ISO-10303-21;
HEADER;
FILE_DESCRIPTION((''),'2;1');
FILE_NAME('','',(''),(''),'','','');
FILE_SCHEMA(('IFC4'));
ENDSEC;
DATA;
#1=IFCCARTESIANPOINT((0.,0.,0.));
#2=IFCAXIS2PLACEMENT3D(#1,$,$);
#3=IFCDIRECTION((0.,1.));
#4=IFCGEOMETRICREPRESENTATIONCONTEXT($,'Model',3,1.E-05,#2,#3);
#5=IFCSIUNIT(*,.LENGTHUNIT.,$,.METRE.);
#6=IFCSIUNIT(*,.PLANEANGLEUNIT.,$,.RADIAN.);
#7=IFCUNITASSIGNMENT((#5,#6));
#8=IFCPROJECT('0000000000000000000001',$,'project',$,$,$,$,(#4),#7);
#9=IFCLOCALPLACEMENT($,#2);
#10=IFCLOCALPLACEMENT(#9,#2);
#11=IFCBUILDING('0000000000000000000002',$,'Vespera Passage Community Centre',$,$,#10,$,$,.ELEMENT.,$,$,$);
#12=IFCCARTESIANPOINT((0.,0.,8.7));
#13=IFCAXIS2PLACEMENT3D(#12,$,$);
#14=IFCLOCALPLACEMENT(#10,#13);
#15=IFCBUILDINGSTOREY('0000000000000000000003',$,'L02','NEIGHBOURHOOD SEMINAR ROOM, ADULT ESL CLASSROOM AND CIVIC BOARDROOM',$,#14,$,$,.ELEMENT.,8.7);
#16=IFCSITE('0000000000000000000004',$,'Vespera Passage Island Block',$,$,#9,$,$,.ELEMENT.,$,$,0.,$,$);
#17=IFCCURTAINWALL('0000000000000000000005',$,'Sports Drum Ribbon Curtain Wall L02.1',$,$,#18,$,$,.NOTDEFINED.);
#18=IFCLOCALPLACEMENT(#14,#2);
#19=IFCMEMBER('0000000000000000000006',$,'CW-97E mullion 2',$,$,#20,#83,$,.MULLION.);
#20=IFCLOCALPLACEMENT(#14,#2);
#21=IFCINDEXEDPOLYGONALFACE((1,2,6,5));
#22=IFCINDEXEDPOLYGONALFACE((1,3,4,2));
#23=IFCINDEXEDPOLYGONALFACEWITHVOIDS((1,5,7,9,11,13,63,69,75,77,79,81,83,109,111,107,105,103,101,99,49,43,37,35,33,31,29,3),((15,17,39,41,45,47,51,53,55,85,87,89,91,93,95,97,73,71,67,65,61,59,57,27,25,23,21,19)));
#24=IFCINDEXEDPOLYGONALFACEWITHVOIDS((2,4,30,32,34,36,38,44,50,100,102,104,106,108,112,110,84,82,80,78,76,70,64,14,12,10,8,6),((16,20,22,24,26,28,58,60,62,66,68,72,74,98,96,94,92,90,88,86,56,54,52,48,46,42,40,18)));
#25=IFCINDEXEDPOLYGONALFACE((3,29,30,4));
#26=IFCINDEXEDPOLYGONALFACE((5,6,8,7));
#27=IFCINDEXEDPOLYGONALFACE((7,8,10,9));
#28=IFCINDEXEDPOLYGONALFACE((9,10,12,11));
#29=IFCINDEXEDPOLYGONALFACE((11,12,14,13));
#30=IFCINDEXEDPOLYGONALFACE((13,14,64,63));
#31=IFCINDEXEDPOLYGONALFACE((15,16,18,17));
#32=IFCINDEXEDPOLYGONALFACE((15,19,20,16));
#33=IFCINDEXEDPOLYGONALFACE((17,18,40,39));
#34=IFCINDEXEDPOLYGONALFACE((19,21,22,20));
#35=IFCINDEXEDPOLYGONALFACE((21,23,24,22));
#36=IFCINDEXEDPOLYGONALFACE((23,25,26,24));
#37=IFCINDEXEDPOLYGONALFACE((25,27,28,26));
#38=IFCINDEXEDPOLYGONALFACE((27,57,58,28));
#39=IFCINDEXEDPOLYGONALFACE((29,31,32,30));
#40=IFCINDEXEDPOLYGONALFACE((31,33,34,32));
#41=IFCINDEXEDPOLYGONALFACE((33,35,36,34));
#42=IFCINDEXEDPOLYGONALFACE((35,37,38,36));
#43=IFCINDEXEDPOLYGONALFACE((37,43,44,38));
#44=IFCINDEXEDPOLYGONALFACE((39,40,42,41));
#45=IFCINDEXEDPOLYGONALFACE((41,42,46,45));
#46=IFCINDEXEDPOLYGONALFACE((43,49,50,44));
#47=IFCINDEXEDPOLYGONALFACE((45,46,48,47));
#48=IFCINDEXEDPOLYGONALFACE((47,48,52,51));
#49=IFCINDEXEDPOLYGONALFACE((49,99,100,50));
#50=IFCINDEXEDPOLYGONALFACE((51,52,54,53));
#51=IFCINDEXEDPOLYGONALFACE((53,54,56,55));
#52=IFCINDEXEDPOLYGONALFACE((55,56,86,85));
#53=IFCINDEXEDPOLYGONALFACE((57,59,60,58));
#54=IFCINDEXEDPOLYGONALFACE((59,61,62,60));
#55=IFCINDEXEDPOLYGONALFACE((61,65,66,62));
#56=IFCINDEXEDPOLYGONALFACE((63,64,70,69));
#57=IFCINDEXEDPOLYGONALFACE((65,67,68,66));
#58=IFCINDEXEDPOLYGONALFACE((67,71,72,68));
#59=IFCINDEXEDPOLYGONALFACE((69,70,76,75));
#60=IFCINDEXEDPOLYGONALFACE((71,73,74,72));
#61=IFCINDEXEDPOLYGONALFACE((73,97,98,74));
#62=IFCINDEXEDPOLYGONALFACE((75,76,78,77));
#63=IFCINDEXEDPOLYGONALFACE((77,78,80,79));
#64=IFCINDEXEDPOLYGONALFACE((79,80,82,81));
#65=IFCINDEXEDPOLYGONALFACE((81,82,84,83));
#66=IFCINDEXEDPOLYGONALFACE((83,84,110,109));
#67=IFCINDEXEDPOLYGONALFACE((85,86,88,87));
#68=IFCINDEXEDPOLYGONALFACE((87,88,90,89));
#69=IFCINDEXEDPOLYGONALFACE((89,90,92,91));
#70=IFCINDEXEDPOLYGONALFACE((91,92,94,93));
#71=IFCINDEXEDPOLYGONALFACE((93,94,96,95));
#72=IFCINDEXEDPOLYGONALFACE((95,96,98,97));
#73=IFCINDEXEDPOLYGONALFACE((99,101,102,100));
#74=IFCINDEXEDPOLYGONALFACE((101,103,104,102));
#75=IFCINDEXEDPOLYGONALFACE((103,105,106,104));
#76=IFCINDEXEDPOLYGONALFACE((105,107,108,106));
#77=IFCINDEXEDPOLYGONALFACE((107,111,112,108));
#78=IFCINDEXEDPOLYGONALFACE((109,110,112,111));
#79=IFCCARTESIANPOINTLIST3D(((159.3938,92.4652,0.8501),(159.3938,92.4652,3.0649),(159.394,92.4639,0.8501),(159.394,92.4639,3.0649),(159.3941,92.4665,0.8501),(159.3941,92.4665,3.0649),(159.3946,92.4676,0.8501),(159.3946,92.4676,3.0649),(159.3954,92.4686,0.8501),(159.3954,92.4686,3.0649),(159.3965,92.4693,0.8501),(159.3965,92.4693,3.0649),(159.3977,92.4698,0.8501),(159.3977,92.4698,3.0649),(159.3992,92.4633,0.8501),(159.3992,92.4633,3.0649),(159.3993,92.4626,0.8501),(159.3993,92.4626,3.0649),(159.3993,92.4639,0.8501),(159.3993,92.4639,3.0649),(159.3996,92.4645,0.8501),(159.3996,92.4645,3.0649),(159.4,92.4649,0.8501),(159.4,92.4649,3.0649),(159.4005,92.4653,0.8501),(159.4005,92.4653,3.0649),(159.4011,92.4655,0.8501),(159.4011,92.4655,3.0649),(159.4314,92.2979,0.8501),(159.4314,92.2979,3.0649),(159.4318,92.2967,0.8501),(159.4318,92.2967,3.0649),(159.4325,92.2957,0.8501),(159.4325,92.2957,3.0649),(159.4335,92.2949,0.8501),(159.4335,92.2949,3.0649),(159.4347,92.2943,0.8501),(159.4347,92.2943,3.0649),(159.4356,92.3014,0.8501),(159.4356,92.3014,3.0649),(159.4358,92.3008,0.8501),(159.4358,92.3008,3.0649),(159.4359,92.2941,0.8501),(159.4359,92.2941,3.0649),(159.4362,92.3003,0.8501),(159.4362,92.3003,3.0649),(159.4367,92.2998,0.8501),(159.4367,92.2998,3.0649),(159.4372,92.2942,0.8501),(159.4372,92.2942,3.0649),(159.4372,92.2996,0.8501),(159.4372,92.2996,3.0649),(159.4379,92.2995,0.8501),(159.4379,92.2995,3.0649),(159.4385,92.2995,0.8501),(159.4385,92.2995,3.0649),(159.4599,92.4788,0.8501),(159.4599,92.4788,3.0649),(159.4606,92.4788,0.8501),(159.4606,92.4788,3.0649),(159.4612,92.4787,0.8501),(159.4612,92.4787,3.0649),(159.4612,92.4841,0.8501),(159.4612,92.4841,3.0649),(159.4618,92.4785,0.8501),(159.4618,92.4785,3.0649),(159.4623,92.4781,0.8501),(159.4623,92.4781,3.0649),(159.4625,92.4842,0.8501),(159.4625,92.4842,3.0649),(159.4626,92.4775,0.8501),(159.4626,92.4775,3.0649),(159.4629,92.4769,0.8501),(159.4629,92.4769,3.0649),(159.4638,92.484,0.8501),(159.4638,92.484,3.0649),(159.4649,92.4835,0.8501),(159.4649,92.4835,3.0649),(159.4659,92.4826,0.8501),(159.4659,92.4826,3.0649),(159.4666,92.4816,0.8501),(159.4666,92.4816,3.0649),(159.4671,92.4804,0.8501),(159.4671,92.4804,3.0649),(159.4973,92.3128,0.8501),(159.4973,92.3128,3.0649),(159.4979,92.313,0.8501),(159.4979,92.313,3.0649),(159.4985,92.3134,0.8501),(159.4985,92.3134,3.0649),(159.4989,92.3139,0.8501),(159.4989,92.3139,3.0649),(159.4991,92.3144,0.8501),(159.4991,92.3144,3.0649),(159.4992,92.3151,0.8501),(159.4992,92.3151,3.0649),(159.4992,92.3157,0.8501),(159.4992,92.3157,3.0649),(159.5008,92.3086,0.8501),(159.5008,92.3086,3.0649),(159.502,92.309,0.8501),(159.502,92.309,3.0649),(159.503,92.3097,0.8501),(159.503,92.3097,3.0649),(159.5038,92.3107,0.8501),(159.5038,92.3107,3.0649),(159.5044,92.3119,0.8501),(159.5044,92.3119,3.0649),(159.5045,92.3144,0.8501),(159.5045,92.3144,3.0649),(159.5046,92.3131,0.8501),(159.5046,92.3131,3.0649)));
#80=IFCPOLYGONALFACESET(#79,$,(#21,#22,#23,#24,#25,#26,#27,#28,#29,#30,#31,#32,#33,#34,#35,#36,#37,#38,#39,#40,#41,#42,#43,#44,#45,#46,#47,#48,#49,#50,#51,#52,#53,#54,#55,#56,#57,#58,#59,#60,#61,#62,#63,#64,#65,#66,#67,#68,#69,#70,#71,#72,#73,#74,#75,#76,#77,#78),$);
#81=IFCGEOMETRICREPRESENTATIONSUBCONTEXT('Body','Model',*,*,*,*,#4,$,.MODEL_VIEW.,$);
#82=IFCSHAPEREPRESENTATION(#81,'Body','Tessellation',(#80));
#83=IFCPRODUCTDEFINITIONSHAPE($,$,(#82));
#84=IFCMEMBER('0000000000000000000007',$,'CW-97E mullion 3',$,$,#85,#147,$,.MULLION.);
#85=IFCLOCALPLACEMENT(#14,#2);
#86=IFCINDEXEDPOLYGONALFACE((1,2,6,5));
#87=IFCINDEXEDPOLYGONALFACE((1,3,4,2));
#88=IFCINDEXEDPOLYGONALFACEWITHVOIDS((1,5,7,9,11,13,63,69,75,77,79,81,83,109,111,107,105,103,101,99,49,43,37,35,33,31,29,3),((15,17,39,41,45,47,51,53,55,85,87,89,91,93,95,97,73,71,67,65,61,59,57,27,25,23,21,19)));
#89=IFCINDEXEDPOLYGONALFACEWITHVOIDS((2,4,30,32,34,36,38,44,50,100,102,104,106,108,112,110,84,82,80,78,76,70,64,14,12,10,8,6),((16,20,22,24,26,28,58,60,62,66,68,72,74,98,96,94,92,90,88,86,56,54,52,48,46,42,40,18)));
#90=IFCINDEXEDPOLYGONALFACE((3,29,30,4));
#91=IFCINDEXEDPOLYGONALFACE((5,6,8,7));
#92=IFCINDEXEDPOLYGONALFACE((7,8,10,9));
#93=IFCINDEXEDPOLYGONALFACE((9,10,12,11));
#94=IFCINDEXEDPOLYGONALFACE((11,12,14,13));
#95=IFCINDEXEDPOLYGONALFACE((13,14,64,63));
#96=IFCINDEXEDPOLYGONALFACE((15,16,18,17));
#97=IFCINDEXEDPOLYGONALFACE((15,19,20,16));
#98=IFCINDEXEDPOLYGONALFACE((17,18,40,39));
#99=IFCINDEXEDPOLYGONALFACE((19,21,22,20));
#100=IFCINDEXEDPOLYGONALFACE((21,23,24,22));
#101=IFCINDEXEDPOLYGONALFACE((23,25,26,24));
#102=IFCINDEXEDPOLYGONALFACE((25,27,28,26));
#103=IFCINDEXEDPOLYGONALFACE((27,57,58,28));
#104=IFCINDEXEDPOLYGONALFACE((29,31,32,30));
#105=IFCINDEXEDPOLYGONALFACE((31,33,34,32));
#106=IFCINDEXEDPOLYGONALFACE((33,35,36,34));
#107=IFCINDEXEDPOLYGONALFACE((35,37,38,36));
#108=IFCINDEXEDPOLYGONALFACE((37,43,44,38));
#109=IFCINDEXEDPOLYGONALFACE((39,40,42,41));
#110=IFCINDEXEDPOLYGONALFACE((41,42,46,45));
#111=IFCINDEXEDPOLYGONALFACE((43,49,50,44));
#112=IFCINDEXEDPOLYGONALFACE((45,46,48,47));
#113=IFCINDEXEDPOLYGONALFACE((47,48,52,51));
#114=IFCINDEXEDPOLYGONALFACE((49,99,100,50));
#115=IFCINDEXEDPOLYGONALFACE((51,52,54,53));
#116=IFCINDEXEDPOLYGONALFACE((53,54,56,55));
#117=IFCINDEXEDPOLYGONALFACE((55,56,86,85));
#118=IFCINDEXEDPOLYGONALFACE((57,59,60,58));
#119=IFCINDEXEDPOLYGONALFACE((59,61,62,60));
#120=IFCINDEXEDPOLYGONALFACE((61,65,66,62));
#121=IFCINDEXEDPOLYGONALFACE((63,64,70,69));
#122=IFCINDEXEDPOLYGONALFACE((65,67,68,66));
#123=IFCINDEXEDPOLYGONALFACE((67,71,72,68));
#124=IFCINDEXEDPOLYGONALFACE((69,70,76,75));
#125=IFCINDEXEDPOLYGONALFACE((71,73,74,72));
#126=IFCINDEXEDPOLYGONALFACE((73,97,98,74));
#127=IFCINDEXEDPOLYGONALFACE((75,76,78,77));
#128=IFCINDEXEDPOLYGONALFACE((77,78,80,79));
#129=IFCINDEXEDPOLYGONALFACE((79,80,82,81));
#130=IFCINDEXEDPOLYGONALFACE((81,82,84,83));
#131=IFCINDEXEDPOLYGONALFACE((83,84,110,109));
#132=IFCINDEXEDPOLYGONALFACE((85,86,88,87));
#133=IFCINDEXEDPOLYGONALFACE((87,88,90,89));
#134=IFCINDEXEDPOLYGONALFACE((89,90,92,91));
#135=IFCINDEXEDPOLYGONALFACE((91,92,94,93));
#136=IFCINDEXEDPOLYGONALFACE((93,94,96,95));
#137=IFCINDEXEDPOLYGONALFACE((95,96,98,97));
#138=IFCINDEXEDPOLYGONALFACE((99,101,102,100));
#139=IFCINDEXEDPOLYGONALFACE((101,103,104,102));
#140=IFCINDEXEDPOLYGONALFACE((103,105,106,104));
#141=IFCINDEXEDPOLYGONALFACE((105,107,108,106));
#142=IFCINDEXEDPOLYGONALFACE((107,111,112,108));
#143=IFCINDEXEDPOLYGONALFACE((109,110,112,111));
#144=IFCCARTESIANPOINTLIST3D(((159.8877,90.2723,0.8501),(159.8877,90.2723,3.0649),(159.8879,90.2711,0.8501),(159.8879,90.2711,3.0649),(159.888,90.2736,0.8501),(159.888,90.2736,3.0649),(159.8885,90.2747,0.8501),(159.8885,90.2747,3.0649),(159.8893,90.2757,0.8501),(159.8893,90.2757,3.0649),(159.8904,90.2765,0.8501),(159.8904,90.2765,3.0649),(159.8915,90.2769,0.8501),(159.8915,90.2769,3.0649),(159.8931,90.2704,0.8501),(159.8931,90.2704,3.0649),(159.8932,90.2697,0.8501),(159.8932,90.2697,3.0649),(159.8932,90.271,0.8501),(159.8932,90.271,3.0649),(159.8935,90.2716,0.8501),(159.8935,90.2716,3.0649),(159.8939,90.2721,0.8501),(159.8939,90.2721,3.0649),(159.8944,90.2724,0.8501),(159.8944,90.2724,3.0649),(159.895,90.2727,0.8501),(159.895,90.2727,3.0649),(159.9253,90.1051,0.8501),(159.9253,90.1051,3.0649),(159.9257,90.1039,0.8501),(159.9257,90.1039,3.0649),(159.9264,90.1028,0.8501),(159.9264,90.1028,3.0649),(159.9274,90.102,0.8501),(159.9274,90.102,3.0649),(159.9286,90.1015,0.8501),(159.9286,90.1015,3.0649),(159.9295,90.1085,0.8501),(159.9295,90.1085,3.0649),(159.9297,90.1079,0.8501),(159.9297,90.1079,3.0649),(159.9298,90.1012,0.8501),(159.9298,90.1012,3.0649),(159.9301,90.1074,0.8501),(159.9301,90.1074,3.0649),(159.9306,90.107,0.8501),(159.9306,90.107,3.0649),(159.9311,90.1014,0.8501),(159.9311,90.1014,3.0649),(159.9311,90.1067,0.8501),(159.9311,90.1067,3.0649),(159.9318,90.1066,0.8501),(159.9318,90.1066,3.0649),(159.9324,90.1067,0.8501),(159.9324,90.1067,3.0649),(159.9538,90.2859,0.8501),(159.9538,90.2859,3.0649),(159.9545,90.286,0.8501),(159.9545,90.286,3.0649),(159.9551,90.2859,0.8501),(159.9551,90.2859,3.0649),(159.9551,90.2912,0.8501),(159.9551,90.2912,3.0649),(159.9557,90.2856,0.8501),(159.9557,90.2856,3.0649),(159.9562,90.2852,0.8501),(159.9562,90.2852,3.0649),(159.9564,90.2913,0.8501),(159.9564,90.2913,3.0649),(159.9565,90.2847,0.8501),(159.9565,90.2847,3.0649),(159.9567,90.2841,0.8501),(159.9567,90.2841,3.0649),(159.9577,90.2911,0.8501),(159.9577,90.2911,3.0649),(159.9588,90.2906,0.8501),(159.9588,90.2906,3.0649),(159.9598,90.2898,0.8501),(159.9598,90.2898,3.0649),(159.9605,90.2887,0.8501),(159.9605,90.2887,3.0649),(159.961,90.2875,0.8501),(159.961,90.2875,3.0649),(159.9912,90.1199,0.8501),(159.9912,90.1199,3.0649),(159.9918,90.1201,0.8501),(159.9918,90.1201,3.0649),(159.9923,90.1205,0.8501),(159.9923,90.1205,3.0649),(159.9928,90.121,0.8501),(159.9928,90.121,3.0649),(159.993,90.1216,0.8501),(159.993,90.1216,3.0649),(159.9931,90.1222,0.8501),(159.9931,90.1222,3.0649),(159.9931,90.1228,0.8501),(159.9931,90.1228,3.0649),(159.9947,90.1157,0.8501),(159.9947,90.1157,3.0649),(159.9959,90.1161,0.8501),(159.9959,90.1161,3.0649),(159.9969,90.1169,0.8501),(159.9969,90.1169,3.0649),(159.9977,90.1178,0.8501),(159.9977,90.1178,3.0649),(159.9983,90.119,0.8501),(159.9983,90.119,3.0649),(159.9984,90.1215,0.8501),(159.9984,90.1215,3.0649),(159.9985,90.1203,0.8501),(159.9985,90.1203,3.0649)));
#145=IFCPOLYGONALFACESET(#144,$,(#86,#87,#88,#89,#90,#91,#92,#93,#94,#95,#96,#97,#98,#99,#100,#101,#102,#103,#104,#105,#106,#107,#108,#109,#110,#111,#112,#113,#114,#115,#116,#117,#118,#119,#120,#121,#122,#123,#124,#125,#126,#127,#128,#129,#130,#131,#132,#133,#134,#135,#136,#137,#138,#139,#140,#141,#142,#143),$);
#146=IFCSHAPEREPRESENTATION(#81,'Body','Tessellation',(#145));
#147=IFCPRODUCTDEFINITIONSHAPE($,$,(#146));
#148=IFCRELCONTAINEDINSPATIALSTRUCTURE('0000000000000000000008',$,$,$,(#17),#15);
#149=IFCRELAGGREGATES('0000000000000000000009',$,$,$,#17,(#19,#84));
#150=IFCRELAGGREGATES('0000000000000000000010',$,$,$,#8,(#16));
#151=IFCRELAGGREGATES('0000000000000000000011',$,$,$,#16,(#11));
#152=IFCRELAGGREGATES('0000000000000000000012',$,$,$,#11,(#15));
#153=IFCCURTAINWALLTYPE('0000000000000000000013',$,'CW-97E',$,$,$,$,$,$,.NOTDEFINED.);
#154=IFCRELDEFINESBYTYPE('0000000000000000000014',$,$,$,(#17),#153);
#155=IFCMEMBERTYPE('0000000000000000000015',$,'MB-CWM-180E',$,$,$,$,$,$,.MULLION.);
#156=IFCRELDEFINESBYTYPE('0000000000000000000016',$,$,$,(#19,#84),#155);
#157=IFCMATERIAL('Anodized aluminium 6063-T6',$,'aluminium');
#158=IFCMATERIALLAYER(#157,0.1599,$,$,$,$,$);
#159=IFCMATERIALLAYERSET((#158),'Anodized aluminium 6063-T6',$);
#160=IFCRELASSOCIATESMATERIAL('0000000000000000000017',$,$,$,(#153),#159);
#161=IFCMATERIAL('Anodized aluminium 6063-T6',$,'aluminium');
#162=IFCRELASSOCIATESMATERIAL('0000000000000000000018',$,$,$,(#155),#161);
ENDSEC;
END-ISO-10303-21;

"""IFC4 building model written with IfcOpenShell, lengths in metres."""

from ifc_helpers import new_model, si_unit, direction, frame, origin, origin_2d, place, context, subcontext, project, spatial, hollow_rectangle, extrude, material, layer, layer_set, material_profile, profile_set, type_object, element, aggregate, save


model = new_model("IFC4")

# Units and contexts
model_context = context("Model", 3, precision=1e-05, world=origin(), true_north=direction((0.0, 1.0)))
body_context = subcontext(model_context, "Body", "Model", "MODEL_VIEW")
ifc_project = project(units=[si_unit("LENGTHUNIT", "METRE"), si_unit("PLANEANGLEUNIT", "RADIAN")], contexts=[model_context])

# Site, building, storey
site_placement = place(None, origin())
site = spatial("IfcSite", under=ifc_project, at=site_placement, Name="Vespera Passage Island Block", CompositionType="ELEMENT", RefElevation=0.0)
building_placement = place(site_placement, origin())
building = spatial("IfcBuilding", under=site, at=building_placement, Name="Vespera Passage Community Centre", CompositionType="ELEMENT")
storey_placement = place(building_placement, frame((0.0, 0.0, 8.7)))
storey = spatial("IfcBuildingStorey", under=building, at=storey_placement, Name="L02", Description="NEIGHBOURHOOD SEMINAR ROOM, ADULT ESL CLASSROOM AND CIVIC BOARDROOM", CompositionType="ELEMENT", Elevation=8.7)

# Curtain wall, members
ifc_material_1 = material(Name="Anodized aluminium 6063-T6", Category="aluminium")
ifc_layer_1 = layer(ifc_material_1, 0.1599)
ifc_layer_set_1 = layer_set([ifc_layer_1], Name="Anodized aluminium 6063-T6")
curtain_wall_type_1 = type_object("IfcCurtainWallType", Name="CW-97E", PredefinedType="NOTDEFINED", material=ifc_layer_set_1)
curtain_wall_1_placement = place(storey_placement, origin())
curtain_wall_1 = element("IfcCurtainWall", 1, at=curtain_wall_1_placement, inside=storey, type_object=curtain_wall_type_1, Name="Sports Drum Ribbon Curtain Wall L02.1", PredefinedType="NOTDEFINED")
ifc_material_2 = material(Name="Anodized aluminium 6063-T6", Category="aluminium")
ifc_material_profile_1 = material_profile(ifc_material_2, hollow_rectangle(XDim=0.075, YDim=0.1799, WallThickness=0.0049, InnerFilletRadius=0.0024, OuterFilletRadius=0.0049, at=origin_2d()), Name="ALU180X75X5")
ifc_profile_set_1 = profile_set([ifc_material_profile_1], Name="Anodized aluminium 6063-T6")
member_type_1 = type_object("IfcMemberType", Name="MB-CWM-180E", PredefinedType="MULLION", material=ifc_profile_set_1)
member_1_placement = place(storey_placement, frame((159.4492, 92.3892, 0.8501), z_axis=(0.0, 0.0, 1.0), x_axis=(0.975553, 0.219763, 0.0)))
member_1 = element("IfcMember", 2, at=member_1_placement, type_object=member_type_1, Name="CW-97E mullion 2", PredefinedType="MULLION", context=body_context, shape_type="SweptSolid", body=[
    extrude(hollow_rectangle(XDim=0.075, YDim=0.1799, WallThickness=0.0049, InnerFilletRadius=0.0024, OuterFilletRadius=0.0049, at=origin_2d()), origin(), (0.0, 0.0, 1.0), 2.2148),
])
member_2_placement = place(storey_placement, frame((159.9431, 90.1963, 0.8501), z_axis=(0.0, 0.0, 1.0), x_axis=(0.975553, 0.219763, 0.0)))
member_2 = element("IfcMember", 3, at=member_2_placement, type_object=member_type_1, Name="CW-97E mullion 3", PredefinedType="MULLION", context=body_context, shape_type="SweptSolid", body=[
    extrude(hollow_rectangle(XDim=0.075, YDim=0.1799, WallThickness=0.0049, InnerFilletRadius=0.0024, OuterFilletRadius=0.0049, at=origin_2d()), origin(), (0.0, 0.0, 1.0), 2.2148),
])

aggregate(curtain_wall_1, [member_1, member_2])

save(model, "model.ifc")
